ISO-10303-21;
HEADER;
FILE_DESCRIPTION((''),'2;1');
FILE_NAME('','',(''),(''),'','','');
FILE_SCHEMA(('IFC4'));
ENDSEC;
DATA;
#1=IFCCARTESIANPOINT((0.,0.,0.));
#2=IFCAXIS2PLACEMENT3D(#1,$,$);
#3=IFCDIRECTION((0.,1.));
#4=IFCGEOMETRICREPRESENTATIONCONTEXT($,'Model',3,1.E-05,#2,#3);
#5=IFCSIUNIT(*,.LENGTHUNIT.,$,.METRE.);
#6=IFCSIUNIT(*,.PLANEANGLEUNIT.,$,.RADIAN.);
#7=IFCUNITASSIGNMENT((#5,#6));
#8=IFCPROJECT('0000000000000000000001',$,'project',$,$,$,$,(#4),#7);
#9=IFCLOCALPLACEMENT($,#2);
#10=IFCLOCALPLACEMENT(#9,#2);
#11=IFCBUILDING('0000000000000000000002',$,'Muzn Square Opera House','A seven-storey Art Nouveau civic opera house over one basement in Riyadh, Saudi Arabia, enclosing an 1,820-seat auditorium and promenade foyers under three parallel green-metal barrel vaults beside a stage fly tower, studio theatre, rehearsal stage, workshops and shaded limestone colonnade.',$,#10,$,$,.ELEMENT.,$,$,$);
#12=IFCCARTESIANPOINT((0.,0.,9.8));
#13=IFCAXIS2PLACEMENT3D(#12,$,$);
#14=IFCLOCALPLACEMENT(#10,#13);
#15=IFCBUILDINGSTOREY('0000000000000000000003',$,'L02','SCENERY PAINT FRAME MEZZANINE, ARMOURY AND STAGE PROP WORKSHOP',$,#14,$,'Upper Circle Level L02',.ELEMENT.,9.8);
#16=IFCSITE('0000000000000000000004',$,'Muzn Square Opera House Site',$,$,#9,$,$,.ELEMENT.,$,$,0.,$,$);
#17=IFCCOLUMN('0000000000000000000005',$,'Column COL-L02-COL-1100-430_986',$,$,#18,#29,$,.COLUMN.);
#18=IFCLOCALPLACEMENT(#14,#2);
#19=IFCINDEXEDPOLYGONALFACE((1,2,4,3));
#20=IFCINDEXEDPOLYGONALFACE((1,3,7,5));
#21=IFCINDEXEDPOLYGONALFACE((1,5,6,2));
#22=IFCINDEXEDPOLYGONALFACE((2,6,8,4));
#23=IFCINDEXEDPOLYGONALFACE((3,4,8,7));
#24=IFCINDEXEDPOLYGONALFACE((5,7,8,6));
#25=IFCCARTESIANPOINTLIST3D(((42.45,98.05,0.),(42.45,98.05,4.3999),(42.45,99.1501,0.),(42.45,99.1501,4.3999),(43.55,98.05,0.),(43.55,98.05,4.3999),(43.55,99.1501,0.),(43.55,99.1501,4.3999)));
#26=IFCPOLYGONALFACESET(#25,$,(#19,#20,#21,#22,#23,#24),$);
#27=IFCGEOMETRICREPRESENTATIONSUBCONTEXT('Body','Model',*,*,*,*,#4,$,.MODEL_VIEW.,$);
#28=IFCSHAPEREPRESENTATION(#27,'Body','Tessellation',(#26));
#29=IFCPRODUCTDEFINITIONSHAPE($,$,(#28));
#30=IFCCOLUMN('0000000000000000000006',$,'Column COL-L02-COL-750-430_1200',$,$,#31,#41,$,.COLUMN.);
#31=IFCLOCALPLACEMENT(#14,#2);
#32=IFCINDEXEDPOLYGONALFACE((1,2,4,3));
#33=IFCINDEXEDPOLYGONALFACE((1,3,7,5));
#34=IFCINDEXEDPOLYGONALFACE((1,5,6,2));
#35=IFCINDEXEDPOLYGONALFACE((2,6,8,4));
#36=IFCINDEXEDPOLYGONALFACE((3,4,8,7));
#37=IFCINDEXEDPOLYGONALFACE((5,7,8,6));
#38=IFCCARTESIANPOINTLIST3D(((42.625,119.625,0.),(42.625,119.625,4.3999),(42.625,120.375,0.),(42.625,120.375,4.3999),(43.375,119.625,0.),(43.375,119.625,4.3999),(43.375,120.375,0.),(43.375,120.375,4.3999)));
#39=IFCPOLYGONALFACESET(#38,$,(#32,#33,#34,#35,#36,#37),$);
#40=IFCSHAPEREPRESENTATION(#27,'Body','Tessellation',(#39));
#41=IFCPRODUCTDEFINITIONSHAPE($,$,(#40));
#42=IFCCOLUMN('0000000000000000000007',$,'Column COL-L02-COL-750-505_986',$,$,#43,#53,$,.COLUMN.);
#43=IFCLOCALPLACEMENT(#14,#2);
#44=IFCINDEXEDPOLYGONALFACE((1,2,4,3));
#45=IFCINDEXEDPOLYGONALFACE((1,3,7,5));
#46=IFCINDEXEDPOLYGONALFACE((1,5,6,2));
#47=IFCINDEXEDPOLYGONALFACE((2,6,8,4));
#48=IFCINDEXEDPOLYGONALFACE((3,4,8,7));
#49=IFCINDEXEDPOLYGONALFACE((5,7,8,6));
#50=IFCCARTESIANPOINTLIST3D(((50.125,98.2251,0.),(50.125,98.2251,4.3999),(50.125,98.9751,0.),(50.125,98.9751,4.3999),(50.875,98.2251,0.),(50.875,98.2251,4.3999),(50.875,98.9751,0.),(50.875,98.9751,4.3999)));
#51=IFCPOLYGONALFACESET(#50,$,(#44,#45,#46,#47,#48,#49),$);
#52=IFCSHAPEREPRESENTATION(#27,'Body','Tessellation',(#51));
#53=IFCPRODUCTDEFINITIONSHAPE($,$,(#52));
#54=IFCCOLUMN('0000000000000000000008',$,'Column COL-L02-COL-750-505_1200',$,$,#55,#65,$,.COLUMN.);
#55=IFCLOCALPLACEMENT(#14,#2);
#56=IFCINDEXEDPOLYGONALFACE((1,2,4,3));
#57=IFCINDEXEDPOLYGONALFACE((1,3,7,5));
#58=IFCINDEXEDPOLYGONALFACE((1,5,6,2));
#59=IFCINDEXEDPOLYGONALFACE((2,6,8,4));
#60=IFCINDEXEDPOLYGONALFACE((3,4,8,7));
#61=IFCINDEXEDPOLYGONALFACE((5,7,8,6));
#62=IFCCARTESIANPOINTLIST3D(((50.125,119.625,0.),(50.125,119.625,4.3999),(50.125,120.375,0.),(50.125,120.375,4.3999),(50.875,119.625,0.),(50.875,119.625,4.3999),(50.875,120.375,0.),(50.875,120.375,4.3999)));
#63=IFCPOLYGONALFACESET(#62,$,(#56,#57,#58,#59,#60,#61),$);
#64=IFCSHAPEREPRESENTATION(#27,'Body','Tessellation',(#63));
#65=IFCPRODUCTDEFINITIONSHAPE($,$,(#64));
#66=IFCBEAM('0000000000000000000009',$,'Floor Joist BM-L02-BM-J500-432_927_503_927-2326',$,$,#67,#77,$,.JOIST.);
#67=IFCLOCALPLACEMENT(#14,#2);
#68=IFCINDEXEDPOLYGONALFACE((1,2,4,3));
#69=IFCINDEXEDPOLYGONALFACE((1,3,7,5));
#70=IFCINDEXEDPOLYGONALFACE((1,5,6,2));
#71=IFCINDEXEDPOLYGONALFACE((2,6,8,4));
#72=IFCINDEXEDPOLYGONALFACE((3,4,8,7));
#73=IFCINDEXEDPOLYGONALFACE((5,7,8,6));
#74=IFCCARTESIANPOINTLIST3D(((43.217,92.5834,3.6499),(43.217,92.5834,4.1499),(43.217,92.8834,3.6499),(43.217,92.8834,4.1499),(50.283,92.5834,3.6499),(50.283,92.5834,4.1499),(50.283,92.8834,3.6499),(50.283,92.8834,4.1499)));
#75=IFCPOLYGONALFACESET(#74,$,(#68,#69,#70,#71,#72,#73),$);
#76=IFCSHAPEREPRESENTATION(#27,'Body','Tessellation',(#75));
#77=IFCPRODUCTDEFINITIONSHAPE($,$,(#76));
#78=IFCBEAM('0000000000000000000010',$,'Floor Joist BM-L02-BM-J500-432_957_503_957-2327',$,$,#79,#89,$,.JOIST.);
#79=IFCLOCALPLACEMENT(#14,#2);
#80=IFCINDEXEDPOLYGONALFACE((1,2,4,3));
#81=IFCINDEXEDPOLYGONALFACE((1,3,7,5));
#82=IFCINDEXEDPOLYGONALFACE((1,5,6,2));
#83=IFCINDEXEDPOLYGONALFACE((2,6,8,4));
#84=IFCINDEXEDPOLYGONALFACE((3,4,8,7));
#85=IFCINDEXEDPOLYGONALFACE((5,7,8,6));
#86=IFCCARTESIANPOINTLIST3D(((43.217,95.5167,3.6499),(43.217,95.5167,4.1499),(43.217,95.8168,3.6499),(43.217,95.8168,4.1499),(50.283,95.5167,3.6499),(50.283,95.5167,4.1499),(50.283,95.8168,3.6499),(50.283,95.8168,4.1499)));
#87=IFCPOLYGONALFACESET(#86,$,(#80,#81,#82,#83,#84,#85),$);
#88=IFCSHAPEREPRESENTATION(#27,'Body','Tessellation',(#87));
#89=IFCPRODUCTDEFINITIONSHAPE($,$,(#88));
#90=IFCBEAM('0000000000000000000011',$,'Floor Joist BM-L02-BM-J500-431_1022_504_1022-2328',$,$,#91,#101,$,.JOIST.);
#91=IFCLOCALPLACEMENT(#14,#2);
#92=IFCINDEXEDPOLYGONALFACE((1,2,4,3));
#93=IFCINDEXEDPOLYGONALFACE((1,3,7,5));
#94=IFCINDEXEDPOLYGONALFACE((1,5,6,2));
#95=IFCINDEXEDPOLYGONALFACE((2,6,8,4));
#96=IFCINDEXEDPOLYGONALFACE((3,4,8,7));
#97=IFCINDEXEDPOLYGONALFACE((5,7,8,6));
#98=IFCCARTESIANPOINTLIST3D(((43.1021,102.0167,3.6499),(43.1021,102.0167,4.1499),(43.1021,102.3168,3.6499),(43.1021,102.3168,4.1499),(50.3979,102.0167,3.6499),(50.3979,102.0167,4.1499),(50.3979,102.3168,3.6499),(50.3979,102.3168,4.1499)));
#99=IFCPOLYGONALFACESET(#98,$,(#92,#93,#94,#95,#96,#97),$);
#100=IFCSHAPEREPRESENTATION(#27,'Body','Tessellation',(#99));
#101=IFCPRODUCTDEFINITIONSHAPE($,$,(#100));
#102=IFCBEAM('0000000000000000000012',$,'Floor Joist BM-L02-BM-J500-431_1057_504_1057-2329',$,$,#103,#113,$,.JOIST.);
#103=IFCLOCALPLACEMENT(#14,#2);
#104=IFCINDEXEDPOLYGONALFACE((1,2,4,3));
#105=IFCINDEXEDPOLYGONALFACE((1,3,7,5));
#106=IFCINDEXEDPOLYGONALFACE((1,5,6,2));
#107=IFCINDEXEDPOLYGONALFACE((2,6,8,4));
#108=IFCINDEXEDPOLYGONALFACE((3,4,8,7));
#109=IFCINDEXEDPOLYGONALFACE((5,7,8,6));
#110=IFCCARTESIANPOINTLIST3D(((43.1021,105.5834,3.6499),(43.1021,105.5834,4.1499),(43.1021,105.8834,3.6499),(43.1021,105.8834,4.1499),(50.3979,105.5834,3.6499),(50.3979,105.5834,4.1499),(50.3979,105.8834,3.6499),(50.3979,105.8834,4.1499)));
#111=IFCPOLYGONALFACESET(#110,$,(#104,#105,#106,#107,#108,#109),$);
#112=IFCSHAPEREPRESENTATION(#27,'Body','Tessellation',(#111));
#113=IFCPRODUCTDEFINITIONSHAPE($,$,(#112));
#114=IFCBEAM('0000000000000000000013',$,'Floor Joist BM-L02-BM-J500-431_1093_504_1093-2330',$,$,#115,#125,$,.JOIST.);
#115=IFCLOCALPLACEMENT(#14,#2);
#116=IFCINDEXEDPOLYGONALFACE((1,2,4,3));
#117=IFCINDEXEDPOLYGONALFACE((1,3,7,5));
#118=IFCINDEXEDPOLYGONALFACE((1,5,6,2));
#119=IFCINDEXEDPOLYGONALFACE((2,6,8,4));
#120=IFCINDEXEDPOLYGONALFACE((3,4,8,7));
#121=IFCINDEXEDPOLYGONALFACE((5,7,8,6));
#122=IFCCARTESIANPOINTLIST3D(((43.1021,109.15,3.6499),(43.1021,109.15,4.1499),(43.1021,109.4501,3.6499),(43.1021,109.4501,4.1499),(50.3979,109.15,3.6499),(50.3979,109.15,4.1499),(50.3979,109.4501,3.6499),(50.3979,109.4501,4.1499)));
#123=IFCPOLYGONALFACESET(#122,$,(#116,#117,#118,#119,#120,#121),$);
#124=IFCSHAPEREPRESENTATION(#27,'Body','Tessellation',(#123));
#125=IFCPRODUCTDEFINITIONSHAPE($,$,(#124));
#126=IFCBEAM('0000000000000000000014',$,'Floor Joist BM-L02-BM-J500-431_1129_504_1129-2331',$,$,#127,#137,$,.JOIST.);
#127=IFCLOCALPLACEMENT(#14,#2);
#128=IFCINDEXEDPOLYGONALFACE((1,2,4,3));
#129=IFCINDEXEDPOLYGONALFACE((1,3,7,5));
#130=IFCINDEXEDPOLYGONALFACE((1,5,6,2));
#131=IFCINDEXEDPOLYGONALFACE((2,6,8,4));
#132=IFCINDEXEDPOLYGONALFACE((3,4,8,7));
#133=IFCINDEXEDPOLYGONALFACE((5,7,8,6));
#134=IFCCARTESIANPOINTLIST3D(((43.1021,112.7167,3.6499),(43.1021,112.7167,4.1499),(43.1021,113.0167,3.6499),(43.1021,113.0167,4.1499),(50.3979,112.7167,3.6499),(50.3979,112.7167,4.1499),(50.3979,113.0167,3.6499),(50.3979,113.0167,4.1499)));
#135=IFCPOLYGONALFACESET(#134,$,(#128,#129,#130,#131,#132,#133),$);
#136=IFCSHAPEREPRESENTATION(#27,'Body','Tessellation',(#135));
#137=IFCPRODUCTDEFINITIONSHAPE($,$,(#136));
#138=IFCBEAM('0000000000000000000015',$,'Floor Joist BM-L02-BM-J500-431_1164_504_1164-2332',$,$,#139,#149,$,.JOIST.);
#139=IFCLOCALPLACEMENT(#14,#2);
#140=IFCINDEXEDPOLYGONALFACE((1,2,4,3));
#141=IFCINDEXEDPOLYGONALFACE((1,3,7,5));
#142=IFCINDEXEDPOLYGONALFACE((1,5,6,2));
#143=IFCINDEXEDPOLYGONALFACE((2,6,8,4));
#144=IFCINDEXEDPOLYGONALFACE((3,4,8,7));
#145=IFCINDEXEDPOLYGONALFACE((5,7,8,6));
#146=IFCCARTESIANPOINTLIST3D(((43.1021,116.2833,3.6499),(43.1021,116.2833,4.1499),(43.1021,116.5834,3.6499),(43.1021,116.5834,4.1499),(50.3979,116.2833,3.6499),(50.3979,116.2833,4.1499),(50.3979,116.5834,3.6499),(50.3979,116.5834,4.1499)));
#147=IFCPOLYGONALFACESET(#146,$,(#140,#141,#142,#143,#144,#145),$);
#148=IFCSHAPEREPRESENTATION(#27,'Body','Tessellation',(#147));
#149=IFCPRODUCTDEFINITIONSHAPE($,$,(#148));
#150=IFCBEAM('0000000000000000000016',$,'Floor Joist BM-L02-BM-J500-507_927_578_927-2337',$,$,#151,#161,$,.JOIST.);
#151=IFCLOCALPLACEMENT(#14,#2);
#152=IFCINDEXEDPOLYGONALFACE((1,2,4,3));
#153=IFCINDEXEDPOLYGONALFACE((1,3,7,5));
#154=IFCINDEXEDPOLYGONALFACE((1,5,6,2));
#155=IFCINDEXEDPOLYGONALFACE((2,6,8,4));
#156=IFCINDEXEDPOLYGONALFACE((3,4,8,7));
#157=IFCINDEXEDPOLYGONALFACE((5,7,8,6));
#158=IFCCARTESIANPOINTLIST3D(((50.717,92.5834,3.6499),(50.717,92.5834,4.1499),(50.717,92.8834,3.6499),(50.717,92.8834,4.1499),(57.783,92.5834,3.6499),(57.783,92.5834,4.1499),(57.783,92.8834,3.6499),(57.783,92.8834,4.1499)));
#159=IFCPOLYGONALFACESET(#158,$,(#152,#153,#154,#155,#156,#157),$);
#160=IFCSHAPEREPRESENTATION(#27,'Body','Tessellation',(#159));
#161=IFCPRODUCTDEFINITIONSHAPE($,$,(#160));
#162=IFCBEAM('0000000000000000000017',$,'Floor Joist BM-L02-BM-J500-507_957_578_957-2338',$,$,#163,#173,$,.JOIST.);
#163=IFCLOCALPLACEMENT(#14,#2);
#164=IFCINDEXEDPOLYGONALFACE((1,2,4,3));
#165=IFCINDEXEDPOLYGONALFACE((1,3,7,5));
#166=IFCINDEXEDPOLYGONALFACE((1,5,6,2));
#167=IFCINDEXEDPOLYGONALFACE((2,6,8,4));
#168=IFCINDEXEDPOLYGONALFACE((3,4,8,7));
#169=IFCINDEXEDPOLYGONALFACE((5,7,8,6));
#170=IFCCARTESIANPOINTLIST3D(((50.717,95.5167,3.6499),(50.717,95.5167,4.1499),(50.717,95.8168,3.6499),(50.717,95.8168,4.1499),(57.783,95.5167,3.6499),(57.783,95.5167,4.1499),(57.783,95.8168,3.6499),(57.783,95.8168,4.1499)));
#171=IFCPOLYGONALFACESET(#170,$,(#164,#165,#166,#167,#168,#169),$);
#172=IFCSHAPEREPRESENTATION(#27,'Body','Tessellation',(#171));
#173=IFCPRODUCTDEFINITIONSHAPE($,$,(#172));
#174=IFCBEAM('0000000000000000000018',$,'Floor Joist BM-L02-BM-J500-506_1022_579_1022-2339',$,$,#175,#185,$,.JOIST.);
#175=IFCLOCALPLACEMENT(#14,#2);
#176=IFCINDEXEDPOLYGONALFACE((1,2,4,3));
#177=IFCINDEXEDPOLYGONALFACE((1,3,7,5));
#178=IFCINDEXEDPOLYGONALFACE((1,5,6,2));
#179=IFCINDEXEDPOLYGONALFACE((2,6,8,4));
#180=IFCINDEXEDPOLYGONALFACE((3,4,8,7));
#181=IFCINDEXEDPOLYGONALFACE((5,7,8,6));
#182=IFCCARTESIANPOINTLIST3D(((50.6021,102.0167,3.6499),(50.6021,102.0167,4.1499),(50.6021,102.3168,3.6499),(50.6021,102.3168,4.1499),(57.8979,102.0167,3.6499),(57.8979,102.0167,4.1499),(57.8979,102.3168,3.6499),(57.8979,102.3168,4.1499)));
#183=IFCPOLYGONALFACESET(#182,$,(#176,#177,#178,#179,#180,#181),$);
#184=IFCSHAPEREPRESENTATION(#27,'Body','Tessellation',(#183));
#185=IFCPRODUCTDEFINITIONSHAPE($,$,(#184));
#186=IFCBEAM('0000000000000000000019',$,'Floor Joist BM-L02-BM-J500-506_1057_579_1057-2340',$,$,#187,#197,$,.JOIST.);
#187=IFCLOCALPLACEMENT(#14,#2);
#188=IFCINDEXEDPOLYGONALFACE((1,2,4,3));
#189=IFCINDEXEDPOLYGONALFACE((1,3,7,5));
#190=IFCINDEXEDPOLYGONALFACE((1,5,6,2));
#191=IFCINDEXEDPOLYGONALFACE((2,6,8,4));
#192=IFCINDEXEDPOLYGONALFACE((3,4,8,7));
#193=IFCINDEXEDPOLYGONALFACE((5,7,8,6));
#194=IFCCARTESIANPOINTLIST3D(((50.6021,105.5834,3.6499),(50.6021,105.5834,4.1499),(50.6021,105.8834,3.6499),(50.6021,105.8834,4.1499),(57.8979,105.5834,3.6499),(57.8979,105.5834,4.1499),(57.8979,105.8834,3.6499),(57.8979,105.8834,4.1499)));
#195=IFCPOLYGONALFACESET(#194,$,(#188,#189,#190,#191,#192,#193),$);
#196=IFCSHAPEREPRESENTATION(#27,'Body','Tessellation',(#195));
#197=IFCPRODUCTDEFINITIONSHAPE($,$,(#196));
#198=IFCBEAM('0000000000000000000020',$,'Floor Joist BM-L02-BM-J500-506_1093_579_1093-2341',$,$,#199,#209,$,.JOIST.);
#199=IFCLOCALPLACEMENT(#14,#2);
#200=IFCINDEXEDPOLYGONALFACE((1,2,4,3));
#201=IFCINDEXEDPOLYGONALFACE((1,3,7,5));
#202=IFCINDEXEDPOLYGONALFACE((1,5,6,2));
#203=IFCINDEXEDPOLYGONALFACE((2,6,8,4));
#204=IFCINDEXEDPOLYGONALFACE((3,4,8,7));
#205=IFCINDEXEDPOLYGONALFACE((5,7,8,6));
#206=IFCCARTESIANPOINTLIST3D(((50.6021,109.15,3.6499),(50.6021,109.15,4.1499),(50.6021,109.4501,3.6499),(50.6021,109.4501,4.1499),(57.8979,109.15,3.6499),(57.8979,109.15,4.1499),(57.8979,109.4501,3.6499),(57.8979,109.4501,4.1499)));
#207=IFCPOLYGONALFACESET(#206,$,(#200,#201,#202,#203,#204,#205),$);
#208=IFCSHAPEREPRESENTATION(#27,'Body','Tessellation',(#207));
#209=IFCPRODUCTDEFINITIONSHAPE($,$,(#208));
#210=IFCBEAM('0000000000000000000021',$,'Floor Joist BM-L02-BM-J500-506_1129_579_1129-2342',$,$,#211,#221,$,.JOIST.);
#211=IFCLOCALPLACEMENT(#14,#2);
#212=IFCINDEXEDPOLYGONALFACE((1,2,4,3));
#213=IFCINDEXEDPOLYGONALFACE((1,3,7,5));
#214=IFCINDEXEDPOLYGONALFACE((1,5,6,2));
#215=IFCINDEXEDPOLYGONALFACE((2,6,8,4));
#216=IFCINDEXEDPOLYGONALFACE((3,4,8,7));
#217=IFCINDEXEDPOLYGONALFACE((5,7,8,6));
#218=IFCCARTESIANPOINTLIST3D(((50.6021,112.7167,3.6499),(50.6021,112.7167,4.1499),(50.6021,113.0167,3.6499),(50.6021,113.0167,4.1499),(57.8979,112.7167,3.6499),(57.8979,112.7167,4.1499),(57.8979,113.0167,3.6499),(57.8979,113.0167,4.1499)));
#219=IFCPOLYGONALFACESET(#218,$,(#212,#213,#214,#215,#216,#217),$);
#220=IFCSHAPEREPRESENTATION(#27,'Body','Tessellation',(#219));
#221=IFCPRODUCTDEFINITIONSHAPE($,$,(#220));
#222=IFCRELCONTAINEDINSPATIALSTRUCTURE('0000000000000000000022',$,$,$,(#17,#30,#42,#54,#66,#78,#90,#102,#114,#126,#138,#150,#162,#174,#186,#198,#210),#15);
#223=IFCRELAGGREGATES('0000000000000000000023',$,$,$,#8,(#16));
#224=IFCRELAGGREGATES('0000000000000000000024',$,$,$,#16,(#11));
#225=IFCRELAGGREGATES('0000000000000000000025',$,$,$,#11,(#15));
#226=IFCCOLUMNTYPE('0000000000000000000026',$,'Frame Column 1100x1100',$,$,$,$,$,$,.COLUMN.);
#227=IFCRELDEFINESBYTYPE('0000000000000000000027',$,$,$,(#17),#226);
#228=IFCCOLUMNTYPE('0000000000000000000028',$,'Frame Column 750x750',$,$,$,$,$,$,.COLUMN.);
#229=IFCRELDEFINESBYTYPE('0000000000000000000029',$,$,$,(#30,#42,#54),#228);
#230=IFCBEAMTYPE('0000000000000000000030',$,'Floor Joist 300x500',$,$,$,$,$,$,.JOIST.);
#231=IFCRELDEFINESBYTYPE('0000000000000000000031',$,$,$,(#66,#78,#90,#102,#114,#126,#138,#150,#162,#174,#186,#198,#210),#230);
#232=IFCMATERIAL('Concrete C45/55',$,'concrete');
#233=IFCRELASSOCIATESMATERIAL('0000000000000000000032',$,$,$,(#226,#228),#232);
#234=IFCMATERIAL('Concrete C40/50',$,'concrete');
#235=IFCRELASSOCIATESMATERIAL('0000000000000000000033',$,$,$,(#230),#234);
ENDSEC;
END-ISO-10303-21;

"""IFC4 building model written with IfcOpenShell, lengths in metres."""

from ifc_helpers import new_model, si_unit, direction, frame, origin, origin_2d, place, context, subcontext, project, spatial, rectangle, extrude, material, material_profile, profile_set, type_object, element, save


model = new_model("IFC4")

# Units and contexts
model_context = context("Model", 3, precision=1e-05, world=origin(), true_north=direction((0.0, 1.0)))
body_context = subcontext(model_context, "Body", "Model", "MODEL_VIEW")
ifc_project = project(units=[si_unit("LENGTHUNIT", "METRE"), si_unit("PLANEANGLEUNIT", "RADIAN")], contexts=[model_context])

# Site, building, storey
site_placement = place(None, origin())
site = spatial("IfcSite", under=ifc_project, at=site_placement, Name="Muzn Square Opera House Site", CompositionType="ELEMENT", RefElevation=0.0)
building_placement = place(site_placement, origin())
building = spatial("IfcBuilding", under=site, at=building_placement, Name="Muzn Square Opera House", Description="A seven-storey Art Nouveau civic opera house over one basement in Riyadh, Saudi Arabia, enclosing an 1,820-seat auditorium and promenade foyers under three parallel green-metal barrel vaults beside a stage fly tower, studio theatre, rehearsal stage, workshops and shaded limestone colonnade.", CompositionType="ELEMENT")
storey_placement = place(building_placement, frame((0.0, 0.0, 9.8)))
storey = spatial("IfcBuildingStorey", under=building, at=storey_placement, Name="L02", Description="SCENERY PAINT FRAME MEZZANINE, ARMOURY AND STAGE PROP WORKSHOP", LongName="Upper Circle Level L02", CompositionType="ELEMENT", Elevation=9.8)

# Columns
ifc_material_1 = material(Name="Concrete C45/55", Category="concrete")
ifc_material_profile_1 = material_profile(ifc_material_1, rectangle(XDim=1.1001, YDim=1.1001, at=origin_2d()), Name="RC 1100x1100", Category="concrete")
ifc_profile_set_1 = profile_set([ifc_material_profile_1], Name="Concrete C45/55")
column_type_1 = type_object("IfcColumnType", Name="Frame Column 1100x1100", PredefinedType="COLUMN", material=ifc_profile_set_1)
column_placement = place(storey_placement, frame((43.0, 98.6001, 0.0), z_axis=(0.0, 0.0, 1.0), x_axis=(1.0, 0.0, 0.0)))
element("IfcColumn", 1, at=column_placement, inside=storey, type_object=column_type_1, Name="Column COL-L02-COL-1100-430_986", PredefinedType="COLUMN", context=body_context, shape_type="SweptSolid", body=[
    extrude(rectangle(XDim=1.1001, YDim=1.1001, at=origin_2d()), origin(), (0.0, 0.0, 1.0), 4.3999),
])
ifc_material_profile_2 = material_profile(ifc_material_1, rectangle(XDim=0.75, YDim=0.75, at=origin_2d()), Name="RC 750x750", Category="concrete")
ifc_profile_set_2 = profile_set([ifc_material_profile_2], Name="Concrete C45/55")
column_type_2 = type_object("IfcColumnType", Name="Frame Column 750x750", PredefinedType="COLUMN", material=ifc_profile_set_2)
for number, where, z_axis, x_axis, name in (
    (2, (43.0, 120.0, 0.0), (0.0, 0.0, 1.0), (1.0, 0.0, 0.0), "Column COL-L02-COL-750-430_1200"),
    (3, (50.5, 98.6001, 0.0), (0.0, 0.0, 1.0), (1.0, 0.0, 0.0), "Column COL-L02-COL-750-505_986"),
    (4, (50.5, 120.0, 0.0), (0.0, 0.0, 1.0), (1.0, 0.0, 0.0), "Column COL-L02-COL-750-505_1200"),
):
    element("IfcColumn", number, at=place(storey_placement, frame(where, z_axis=z_axis, x_axis=x_axis)), inside=storey, type_object=column_type_2, Name=name, PredefinedType="COLUMN", context=body_context, shape_type="SweptSolid", body=[
        extrude(rectangle(XDim=0.75, YDim=0.75, at=origin_2d()), origin(), (0.0, 0.0, 1.0), 4.3999),
    ])

# Beams
ifc_material_2 = material(Name="Concrete C40/50", Category="concrete")
ifc_material_profile_3 = material_profile(ifc_material_2, rectangle(XDim=0.3, YDim=0.5, at=origin_2d()), Name="RCJ 300x500", Category="concrete")
ifc_profile_set_3 = profile_set([ifc_material_profile_3], Name="Concrete C40/50")
beam_type_1 = type_object("IfcBeamType", Name="Floor Joist 300x500", PredefinedType="JOIST", material=ifc_profile_set_3)
for number, where, z_axis, x_axis, name in (
    (5, (43.217, 92.7334, 3.8999), (1.0, 0.0, 0.0), (0.0, 1.0, 0.0), "Floor Joist BM-L02-BM-J500-432_927_503_927-2326"),
    (6, (43.217, 95.6667, 3.8999), (1.0, 0.0, 0.0), (0.0, 1.0, 0.0), "Floor Joist BM-L02-BM-J500-432_957_503_957-2327"),
):
    element("IfcBeam", number, at=place(storey_placement, frame(where, z_axis=z_axis, x_axis=x_axis)), inside=storey, type_object=beam_type_1, Name=name, PredefinedType="JOIST", context=body_context, shape_type="SweptSolid", body=[
        extrude(rectangle(XDim=0.3, YDim=0.5, at=origin_2d()), origin(), (0.0, 0.0, 1.0), 7.0659),
    ])
for number, where, z_axis, x_axis, name in (
    (7, (43.1021, 102.1667, 3.8999), (1.0, 0.0, 0.0), (0.0, 1.0, 0.0), "Floor Joist BM-L02-BM-J500-431_1022_504_1022-2328"),
    (8, (43.1021, 105.7334, 3.8999), (1.0, 0.0, 0.0), (0.0, 1.0, 0.0), "Floor Joist BM-L02-BM-J500-431_1057_504_1057-2329"),
    (9, (43.1021, 109.3, 3.8999), (1.0, 0.0, 0.0), (0.0, 1.0, 0.0), "Floor Joist BM-L02-BM-J500-431_1093_504_1093-2330"),
    (10, (43.1021, 112.8667, 3.8999), (1.0, 0.0, 0.0), (0.0, 1.0, 0.0), "Floor Joist BM-L02-BM-J500-431_1129_504_1129-2331"),
    (11, (43.1021, 116.4333, 3.8999), (1.0, 0.0, 0.0), (0.0, 1.0, 0.0), "Floor Joist BM-L02-BM-J500-431_1164_504_1164-2332"),
):
    element("IfcBeam", number, at=place(storey_placement, frame(where, z_axis=z_axis, x_axis=x_axis)), inside=storey, type_object=beam_type_1, Name=name, PredefinedType="JOIST", context=body_context, shape_type="SweptSolid", body=[
        extrude(rectangle(XDim=0.3, YDim=0.5, at=origin_2d()), origin(), (0.0, 0.0, 1.0), 7.2959),
    ])
for number, where, z_axis, x_axis, name in (
    (12, (50.717, 92.7334, 3.8999), (1.0, 0.0, 0.0), (0.0, 1.0, 0.0), "Floor Joist BM-L02-BM-J500-507_927_578_927-2337"),
    (13, (50.717, 95.6667, 3.8999), (1.0, 0.0, 0.0), (0.0, 1.0, 0.0), "Floor Joist BM-L02-BM-J500-507_957_578_957-2338"),
):
    element("IfcBeam", number, at=place(storey_placement, frame(where, z_axis=z_axis, x_axis=x_axis)), inside=storey, type_object=beam_type_1, Name=name, PredefinedType="JOIST", context=body_context, shape_type="SweptSolid", body=[
        extrude(rectangle(XDim=0.3, YDim=0.5, at=origin_2d()), origin(), (0.0, 0.0, 1.0), 7.0659),
    ])
for number, where, z_axis, x_axis, name in (
    (14, (50.6021, 102.1667, 3.8999), (1.0, 0.0, 0.0), (0.0, 1.0, 0.0), "Floor Joist BM-L02-BM-J500-506_1022_579_1022-2339"),
    (15, (50.6021, 105.7334, 3.8999), (1.0, 0.0, 0.0), (0.0, 1.0, 0.0), "Floor Joist BM-L02-BM-J500-506_1057_579_1057-2340"),
    (16, (50.6021, 109.3, 3.8999), (1.0, 0.0, 0.0), (0.0, 1.0, 0.0), "Floor Joist BM-L02-BM-J500-506_1093_579_1093-2341"),
    (17, (50.6021, 112.8667, 3.8999), (1.0, 0.0, 0.0), (0.0, 1.0, 0.0), "Floor Joist BM-L02-BM-J500-506_1129_579_1129-2342"),
):
    element("IfcBeam", number, at=place(storey_placement, frame(where, z_axis=z_axis, x_axis=x_axis)), inside=storey, type_object=beam_type_1, Name=name, PredefinedType="JOIST", context=body_context, shape_type="SweptSolid", body=[
        extrude(rectangle(XDim=0.3, YDim=0.5, at=origin_2d()), origin(), (0.0, 0.0, 1.0), 7.2959),
    ])

save(model, "model.ifc")
